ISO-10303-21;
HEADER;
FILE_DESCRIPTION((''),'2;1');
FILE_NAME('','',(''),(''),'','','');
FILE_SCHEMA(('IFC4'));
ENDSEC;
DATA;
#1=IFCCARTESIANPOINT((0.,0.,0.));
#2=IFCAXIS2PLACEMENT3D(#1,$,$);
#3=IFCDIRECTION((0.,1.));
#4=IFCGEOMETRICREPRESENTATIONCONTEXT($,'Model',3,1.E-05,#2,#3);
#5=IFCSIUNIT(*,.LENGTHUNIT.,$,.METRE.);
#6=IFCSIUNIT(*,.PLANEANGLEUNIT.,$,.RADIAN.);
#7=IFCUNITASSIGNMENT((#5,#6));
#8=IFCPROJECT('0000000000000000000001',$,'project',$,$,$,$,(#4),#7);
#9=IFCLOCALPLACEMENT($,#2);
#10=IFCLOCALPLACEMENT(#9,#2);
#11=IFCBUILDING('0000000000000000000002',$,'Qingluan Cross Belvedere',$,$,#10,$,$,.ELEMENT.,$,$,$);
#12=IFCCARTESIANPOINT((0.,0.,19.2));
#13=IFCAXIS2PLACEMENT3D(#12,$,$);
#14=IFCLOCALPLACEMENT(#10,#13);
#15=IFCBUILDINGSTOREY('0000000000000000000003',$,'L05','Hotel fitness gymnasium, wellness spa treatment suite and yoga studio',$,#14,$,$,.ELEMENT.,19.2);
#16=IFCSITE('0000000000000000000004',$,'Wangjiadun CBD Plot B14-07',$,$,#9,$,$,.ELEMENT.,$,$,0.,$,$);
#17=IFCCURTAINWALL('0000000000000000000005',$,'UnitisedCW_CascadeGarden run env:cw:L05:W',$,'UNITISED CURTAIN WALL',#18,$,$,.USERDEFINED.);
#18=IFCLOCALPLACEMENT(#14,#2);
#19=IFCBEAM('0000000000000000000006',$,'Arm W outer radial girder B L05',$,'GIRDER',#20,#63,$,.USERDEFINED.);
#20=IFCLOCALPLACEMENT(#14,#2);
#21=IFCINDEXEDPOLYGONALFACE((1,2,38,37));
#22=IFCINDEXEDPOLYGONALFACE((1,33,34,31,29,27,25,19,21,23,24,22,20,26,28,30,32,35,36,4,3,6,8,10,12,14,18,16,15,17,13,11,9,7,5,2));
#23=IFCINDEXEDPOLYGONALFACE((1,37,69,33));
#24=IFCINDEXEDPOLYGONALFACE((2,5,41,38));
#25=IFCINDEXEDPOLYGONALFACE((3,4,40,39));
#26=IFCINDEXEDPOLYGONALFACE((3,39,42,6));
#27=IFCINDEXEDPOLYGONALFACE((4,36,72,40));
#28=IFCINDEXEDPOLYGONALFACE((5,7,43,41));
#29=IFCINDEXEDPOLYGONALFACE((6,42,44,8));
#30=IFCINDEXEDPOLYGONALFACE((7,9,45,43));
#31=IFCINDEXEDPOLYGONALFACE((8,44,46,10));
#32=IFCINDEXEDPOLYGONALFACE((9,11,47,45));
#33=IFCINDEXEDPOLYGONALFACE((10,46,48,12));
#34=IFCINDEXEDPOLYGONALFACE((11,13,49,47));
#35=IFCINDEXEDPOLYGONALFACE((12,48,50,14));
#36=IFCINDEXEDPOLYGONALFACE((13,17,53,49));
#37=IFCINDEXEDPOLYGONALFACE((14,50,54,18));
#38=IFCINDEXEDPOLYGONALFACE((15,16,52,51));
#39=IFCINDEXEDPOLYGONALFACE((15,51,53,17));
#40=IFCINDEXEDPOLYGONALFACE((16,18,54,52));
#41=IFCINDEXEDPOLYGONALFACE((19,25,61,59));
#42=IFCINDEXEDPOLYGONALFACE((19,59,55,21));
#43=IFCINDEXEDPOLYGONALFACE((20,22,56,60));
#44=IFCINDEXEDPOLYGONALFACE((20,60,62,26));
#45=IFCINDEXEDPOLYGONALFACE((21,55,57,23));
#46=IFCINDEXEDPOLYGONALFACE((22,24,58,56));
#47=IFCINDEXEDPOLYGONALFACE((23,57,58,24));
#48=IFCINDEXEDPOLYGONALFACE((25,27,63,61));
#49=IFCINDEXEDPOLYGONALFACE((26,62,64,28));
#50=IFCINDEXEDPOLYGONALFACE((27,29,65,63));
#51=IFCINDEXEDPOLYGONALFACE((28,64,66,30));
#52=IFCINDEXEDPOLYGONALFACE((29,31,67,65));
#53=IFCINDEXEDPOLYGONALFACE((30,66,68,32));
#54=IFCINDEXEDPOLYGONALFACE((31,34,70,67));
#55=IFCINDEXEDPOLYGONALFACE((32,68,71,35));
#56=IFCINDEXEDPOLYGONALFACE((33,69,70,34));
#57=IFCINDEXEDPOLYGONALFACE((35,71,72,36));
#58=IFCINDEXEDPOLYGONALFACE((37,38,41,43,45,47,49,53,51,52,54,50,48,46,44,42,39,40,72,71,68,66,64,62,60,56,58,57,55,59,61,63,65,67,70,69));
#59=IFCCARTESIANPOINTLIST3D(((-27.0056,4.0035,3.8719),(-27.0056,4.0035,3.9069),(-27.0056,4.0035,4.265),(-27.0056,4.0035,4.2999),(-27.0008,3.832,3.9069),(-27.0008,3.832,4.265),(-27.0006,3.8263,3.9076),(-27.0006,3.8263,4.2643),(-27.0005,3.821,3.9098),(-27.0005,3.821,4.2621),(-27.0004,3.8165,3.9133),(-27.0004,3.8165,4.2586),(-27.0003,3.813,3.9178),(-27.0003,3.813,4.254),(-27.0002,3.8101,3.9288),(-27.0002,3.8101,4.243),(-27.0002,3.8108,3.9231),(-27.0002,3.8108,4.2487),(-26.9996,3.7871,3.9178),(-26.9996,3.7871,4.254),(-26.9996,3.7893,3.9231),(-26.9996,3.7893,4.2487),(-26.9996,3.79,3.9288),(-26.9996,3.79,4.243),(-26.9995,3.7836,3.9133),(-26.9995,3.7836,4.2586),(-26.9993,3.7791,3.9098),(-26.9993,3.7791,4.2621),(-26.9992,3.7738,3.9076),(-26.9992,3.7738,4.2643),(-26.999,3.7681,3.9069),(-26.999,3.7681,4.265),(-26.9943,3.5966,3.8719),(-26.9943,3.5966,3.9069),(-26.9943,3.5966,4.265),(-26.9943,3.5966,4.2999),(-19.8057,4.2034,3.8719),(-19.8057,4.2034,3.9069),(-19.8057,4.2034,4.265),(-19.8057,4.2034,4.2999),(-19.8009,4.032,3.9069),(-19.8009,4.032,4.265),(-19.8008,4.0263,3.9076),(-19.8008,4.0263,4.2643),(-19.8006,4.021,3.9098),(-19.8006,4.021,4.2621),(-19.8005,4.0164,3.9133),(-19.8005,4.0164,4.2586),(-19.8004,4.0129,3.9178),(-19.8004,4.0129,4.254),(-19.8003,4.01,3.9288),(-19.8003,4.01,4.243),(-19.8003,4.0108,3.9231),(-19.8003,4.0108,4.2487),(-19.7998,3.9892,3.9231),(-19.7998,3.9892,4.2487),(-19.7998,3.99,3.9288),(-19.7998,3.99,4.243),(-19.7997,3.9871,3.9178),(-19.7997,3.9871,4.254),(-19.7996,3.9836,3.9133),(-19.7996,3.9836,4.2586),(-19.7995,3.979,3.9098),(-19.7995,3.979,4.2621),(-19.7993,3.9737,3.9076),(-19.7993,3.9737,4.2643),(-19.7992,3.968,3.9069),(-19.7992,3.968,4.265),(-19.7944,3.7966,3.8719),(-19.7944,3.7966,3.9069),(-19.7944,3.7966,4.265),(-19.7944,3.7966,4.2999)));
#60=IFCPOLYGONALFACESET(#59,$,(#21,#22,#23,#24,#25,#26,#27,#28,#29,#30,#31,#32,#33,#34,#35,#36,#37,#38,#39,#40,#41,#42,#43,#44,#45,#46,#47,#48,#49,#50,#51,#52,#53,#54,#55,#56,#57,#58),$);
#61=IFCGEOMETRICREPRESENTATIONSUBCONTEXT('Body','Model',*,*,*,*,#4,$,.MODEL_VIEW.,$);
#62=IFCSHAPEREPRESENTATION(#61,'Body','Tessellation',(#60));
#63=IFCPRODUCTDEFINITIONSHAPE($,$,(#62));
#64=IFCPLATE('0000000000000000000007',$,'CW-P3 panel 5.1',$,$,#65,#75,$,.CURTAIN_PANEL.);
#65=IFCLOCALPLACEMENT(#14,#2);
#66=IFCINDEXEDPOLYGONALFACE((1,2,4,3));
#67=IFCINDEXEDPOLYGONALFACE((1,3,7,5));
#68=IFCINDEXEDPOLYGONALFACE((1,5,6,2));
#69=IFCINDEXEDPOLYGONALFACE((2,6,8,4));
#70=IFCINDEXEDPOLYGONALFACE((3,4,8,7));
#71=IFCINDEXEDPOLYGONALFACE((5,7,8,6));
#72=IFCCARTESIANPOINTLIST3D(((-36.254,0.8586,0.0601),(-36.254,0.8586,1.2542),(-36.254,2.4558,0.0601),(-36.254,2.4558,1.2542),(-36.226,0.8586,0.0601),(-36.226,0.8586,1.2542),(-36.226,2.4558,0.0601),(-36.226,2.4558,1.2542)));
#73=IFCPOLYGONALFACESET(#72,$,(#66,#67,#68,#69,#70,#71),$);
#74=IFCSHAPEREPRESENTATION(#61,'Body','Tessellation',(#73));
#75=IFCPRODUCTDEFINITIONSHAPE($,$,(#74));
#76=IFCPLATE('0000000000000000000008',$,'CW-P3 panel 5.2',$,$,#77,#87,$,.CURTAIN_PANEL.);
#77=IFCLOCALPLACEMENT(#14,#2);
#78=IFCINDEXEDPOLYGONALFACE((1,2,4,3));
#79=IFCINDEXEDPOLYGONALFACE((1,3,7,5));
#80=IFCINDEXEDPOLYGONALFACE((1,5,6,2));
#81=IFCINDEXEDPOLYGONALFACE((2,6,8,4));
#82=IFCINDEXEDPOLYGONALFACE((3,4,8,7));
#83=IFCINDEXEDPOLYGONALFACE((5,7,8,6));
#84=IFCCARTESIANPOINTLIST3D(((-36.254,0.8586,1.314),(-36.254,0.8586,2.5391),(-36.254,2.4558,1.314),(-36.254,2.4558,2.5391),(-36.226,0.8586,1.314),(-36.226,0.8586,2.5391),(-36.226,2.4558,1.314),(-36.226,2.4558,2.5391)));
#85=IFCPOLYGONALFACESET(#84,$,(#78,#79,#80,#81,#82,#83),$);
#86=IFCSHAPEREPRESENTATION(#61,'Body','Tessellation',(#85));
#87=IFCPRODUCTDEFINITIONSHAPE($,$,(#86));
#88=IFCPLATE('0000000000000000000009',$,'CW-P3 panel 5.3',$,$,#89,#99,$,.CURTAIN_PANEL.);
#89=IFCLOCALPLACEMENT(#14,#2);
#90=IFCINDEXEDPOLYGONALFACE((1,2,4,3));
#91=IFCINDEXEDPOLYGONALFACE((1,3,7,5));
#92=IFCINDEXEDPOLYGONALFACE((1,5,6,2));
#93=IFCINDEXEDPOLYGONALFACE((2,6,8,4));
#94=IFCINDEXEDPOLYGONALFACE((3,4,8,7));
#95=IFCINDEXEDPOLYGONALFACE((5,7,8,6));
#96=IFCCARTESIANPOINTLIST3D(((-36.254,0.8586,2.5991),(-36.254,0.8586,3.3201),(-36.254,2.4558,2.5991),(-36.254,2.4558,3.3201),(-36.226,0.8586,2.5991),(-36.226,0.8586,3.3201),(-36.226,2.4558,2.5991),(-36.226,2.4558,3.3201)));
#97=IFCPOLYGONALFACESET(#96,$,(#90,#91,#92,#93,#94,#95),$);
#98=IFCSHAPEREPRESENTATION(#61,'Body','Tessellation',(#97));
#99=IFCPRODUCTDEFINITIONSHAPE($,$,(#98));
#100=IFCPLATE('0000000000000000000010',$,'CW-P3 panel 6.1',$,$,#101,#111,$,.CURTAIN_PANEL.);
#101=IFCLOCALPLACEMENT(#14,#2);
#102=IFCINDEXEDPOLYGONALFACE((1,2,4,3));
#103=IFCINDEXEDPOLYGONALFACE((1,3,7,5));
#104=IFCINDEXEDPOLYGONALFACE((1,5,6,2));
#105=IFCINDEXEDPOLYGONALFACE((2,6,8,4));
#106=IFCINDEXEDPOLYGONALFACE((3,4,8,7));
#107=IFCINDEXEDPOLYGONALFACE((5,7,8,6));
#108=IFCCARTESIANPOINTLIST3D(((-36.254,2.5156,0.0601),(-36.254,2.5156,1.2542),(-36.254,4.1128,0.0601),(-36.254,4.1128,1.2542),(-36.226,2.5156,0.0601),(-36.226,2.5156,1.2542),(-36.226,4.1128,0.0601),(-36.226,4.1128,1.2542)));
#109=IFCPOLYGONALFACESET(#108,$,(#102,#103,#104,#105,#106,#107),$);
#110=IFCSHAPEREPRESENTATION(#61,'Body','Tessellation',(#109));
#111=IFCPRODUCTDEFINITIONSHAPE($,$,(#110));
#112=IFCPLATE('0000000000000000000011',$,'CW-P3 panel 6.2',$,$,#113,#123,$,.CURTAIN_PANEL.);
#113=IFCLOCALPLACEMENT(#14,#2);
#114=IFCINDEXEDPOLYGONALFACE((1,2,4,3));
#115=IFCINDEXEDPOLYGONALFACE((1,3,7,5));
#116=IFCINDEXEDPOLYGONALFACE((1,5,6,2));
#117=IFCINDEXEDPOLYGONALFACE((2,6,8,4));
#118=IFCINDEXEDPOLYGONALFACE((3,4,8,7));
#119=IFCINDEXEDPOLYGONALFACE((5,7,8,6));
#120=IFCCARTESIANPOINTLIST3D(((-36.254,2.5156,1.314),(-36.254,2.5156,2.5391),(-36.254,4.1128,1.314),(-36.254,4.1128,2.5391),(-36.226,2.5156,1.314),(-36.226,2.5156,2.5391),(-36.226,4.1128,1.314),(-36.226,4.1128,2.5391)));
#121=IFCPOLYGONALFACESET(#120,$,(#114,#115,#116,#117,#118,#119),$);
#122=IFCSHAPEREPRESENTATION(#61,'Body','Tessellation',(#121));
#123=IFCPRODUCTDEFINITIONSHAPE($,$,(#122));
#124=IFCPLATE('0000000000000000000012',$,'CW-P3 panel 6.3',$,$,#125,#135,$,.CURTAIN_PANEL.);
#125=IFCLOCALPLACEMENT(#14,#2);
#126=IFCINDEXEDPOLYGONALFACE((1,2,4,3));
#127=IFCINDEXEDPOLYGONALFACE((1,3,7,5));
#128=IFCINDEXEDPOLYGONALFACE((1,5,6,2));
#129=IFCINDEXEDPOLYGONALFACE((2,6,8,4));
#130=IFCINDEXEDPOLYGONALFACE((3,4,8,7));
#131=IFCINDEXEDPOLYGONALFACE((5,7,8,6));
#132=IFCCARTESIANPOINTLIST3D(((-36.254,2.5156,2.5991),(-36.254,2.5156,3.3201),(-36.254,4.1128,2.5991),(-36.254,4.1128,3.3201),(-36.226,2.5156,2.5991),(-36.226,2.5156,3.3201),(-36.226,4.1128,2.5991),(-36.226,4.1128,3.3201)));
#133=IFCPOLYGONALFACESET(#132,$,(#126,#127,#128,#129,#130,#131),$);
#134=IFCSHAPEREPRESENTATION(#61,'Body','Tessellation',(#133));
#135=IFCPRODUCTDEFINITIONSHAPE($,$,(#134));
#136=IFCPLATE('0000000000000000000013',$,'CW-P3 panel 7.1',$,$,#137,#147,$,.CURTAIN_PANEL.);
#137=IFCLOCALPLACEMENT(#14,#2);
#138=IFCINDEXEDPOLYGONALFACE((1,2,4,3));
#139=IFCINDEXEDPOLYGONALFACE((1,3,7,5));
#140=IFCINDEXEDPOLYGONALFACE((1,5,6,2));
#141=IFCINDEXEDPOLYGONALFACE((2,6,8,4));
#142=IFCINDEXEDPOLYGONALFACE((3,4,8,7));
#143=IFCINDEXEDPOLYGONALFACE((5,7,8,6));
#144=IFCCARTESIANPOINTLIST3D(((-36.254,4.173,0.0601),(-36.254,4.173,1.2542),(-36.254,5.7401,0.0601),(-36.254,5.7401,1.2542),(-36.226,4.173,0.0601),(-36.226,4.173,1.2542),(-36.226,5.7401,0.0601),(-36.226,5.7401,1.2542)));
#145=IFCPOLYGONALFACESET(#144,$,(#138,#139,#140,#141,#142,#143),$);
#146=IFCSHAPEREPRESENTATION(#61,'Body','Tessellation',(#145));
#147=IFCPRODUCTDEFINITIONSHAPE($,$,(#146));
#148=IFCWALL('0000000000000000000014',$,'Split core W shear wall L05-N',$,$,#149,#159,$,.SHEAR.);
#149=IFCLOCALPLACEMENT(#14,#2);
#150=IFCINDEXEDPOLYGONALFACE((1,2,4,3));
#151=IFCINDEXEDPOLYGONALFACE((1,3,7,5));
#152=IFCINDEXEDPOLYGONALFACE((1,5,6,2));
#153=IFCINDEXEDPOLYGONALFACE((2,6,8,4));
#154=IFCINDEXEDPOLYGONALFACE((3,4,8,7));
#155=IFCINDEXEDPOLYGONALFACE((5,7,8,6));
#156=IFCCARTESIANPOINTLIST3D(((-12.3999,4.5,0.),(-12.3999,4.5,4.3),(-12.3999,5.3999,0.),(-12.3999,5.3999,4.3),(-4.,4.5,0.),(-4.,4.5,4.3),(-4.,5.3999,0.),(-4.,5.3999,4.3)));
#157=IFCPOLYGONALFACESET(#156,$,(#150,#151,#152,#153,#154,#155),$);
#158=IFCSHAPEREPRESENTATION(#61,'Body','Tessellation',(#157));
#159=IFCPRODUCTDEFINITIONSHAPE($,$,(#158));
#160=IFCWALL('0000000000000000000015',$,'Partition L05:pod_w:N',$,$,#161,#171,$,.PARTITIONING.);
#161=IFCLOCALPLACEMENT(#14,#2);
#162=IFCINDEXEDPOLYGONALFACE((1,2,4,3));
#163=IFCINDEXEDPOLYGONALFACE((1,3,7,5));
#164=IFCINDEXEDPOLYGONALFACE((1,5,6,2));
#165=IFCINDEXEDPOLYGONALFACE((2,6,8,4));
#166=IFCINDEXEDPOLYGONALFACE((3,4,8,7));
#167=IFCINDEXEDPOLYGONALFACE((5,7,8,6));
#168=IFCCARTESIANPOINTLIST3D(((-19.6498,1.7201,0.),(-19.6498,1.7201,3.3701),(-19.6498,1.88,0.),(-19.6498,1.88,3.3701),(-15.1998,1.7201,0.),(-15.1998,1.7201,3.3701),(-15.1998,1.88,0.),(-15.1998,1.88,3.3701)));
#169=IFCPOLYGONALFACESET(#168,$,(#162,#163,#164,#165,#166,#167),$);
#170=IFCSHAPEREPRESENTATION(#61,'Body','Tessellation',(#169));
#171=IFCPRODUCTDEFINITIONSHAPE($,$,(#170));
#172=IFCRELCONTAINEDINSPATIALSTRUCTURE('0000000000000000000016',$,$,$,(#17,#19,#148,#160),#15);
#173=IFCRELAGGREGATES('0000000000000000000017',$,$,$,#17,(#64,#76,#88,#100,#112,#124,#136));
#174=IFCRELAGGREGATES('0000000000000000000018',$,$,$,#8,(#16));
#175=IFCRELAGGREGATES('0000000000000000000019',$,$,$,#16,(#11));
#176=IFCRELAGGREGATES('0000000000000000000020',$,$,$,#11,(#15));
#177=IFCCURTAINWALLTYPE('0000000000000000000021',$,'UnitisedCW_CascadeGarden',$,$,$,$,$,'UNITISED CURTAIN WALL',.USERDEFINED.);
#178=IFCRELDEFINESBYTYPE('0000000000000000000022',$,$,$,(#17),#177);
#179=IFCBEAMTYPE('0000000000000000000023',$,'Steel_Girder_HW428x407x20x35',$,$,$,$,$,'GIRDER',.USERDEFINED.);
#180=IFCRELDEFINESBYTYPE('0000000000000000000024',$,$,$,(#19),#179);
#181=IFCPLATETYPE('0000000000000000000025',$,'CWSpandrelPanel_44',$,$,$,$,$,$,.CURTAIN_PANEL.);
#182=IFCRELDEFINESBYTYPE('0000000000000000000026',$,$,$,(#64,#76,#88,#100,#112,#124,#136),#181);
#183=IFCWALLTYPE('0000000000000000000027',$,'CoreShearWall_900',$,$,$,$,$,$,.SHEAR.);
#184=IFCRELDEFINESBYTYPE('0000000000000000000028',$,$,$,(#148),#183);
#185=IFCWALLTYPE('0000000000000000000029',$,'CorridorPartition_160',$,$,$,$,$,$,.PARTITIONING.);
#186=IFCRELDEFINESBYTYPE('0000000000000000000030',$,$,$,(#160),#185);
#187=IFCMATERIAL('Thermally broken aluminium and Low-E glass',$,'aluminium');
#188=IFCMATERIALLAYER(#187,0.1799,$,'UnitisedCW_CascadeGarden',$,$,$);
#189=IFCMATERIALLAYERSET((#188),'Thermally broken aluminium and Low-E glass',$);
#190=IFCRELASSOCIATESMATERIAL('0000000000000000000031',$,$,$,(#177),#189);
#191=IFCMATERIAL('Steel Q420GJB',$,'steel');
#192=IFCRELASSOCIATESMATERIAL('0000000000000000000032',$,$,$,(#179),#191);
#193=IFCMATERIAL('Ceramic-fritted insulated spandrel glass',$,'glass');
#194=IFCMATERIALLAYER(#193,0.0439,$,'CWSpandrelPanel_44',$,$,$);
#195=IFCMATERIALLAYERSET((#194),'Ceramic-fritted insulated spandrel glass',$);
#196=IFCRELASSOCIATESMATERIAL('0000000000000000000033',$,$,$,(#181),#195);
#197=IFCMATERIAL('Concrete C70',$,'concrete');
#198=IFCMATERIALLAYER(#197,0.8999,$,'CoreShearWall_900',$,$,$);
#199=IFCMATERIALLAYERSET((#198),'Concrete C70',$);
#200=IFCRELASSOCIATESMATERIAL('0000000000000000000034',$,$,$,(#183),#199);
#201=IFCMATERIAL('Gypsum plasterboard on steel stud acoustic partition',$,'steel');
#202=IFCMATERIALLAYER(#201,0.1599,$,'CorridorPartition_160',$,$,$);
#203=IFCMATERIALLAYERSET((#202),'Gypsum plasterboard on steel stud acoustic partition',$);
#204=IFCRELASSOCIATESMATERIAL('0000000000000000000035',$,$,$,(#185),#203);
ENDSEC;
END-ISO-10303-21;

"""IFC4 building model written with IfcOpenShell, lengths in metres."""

from ifc_helpers import new_model, si_unit, direction, frame, frame_2d, origin, origin_2d, place, context, subcontext, project, spatial, rectangle, i_section, extrude, material, layer, layer_set, material_profile, profile_set, type_object, element, aggregate, save


model = new_model("IFC4")

# Units and contexts
model_context = context("Model", 3, precision=1e-05, world=origin(), true_north=direction((0.0, 1.0)))
body_context = subcontext(model_context, "Body", "Model", "MODEL_VIEW")
ifc_project = project(units=[si_unit("LENGTHUNIT", "METRE"), si_unit("PLANEANGLEUNIT", "RADIAN")], contexts=[model_context])

# Site, building, storey
site_placement = place(None, origin())
site = spatial("IfcSite", under=ifc_project, at=site_placement, Name="Wangjiadun CBD Plot B14-07", CompositionType="ELEMENT", RefElevation=0.0)
building_placement = place(site_placement, origin())
building = spatial("IfcBuilding", under=site, at=building_placement, Name="Qingluan Cross Belvedere", CompositionType="ELEMENT")
storey_placement = place(building_placement, frame((0.0, 0.0, 19.2)))
storey = spatial("IfcBuildingStorey", under=building, at=storey_placement, Name="L05", Description="Hotel fitness gymnasium, wellness spa treatment suite and yoga studio", CompositionType="ELEMENT", Elevation=19.2)

# Curtain wall
ifc_material_1 = material(Name="Thermally broken aluminium and Low-E glass", Category="aluminium")
ifc_layer_1 = layer(ifc_material_1, 0.1799, Name="UnitisedCW_CascadeGarden")
ifc_layer_set_1 = layer_set([ifc_layer_1], Name="Thermally broken aluminium and Low-E glass")
curtain_wall_type = type_object("IfcCurtainWallType", Name="UnitisedCW_CascadeGarden", ElementType="UNITISED CURTAIN WALL", PredefinedType="USERDEFINED", material=ifc_layer_set_1)
curtain_wall_placement = place(storey_placement, origin())
curtain_wall = element("IfcCurtainWall", 1, at=curtain_wall_placement, inside=storey, type_object=curtain_wall_type, Name="UnitisedCW_CascadeGarden run env:cw:L05:W", ObjectType="UNITISED CURTAIN WALL", PredefinedType="USERDEFINED")

# Beam
ifc_material_2 = material(Name="Steel Q420GJB", Category="steel")
ifc_material_profile_1 = material_profile(ifc_material_2, i_section(OverallWidth=0.407, OverallDepth=0.428, WebThickness=0.02, FlangeThickness=0.0349, FilletRadius=0.022, at=origin_2d()), Name="HW428x407x20x35")
ifc_profile_set_1 = profile_set([ifc_material_profile_1], Name="Steel Q420GJB")
beam_type = type_object("IfcBeamType", Name="Steel_Girder_HW428x407x20x35", ElementType="GIRDER", PredefinedType="USERDEFINED", material=ifc_profile_set_1)
beam_1_placement = place(storey_placement, frame((-19.8, 4.0, 4.0859), z_axis=(-0.999615, -0.02776, 0.0), x_axis=(0.02776, -0.999615, 0.0)))
element("IfcBeam", 2, at=beam_1_placement, inside=storey, type_object=beam_type, Name="Arm W outer radial girder B L05", ObjectType="GIRDER", PredefinedType="USERDEFINED", context=body_context, shape_type="SweptSolid", body=[
    extrude(i_section(OverallWidth=0.407, OverallDepth=0.428, WebThickness=0.02, FlangeThickness=0.0349, FilletRadius=0.022, at=origin_2d()), origin(), (0.0, 0.0, 1.0), 7.2026),
])

# Plates
ifc_material_3 = material(Name="Ceramic-fritted insulated spandrel glass", Category="glass")
ifc_layer_2 = layer(ifc_material_3, 0.0439, Name="CWSpandrelPanel_44")
ifc_layer_set_2 = layer_set([ifc_layer_2], Name="Ceramic-fritted insulated spandrel glass")
plate_type = type_object("IfcPlateType", Name="CWSpandrelPanel_44", PredefinedType="CURTAIN_PANEL", material=ifc_layer_set_2)
plate_1_placement = place(storey_placement, frame((-36.24, 1.6572, 0.0601), z_axis=(0.0, 0.0, 1.0), x_axis=(0.0, 1.0, 0.0)))
plate_1 = element("IfcPlate", 3, at=plate_1_placement, type_object=plate_type, Name="CW-P3 panel 5.1", PredefinedType="CURTAIN_PANEL", context=body_context, shape_type="SweptSolid", body=[
    extrude(rectangle(XDim=1.5972, YDim=0.0281, at=origin_2d()), origin(), (0.0, 0.0, 1.0), 1.1941),
])
plate_2_placement = place(storey_placement, frame((-36.24, 1.6572, 1.314), z_axis=(0.0, 0.0, 1.0), x_axis=(0.0, 1.0, 0.0)))
plate_2 = element("IfcPlate", 4, at=plate_2_placement, type_object=plate_type, Name="CW-P3 panel 5.2", PredefinedType="CURTAIN_PANEL", context=body_context, shape_type="SweptSolid", body=[
    extrude(rectangle(XDim=1.5972, YDim=0.0281, at=origin_2d()), origin(), (0.0, 0.0, 1.0), 1.2251),
])
plate_3_placement = place(storey_placement, frame((-36.24, 1.6572, 2.5991), z_axis=(0.0, 0.0, 1.0), x_axis=(0.0, 1.0, 0.0)))
plate_3 = element("IfcPlate", 5, at=plate_3_placement, type_object=plate_type, Name="CW-P3 panel 5.3", PredefinedType="CURTAIN_PANEL", context=body_context, shape_type="SweptSolid", body=[
    extrude(rectangle(XDim=1.5972, YDim=0.0281, at=origin_2d()), origin(), (0.0, 0.0, 1.0), 0.7209),
])
plate_4_placement = place(storey_placement, frame((-36.24, 3.3142, 0.0601), z_axis=(0.0, 0.0, 1.0), x_axis=(0.0, 1.0, 0.0)))
plate_4 = element("IfcPlate", 6, at=plate_4_placement, type_object=plate_type, Name="CW-P3 panel 6.1", PredefinedType="CURTAIN_PANEL", context=body_context, shape_type="SweptSolid", body=[
    extrude(rectangle(XDim=1.5972, YDim=0.0281, at=origin_2d()), origin(), (0.0, 0.0, 1.0), 1.1941),
])
plate_5_placement = place(storey_placement, frame((-36.24, 3.3142, 1.314), z_axis=(0.0, 0.0, 1.0), x_axis=(0.0, 1.0, 0.0)))
plate_5 = element("IfcPlate", 7, at=plate_5_placement, type_object=plate_type, Name="CW-P3 panel 6.2", PredefinedType="CURTAIN_PANEL", context=body_context, shape_type="SweptSolid", body=[
    extrude(rectangle(XDim=1.5972, YDim=0.0281, at=origin_2d()), origin(), (0.0, 0.0, 1.0), 1.2251),
])
plate_6_placement = place(storey_placement, frame((-36.24, 3.3142, 2.5991), z_axis=(0.0, 0.0, 1.0), x_axis=(0.0, 1.0, 0.0)))
plate_6 = element("IfcPlate", 8, at=plate_6_placement, type_object=plate_type, Name="CW-P3 panel 6.3", PredefinedType="CURTAIN_PANEL", context=body_context, shape_type="SweptSolid", body=[
    extrude(rectangle(XDim=1.5972, YDim=0.0281, at=origin_2d()), origin(), (0.0, 0.0, 1.0), 0.7209),
])
plate_7_placement = place(storey_placement, frame((-36.24, 4.9565, 0.0601), z_axis=(0.0, 0.0, 1.0), x_axis=(0.0, 1.0, 0.0)))
plate_7 = element("IfcPlate", 9, at=plate_7_placement, type_object=plate_type, Name="CW-P3 panel 7.1", PredefinedType="CURTAIN_PANEL", context=body_context, shape_type="SweptSolid", body=[
    extrude(rectangle(XDim=1.5671, YDim=0.0281, at=origin_2d()), origin(), (0.0, 0.0, 1.0), 1.1941),
])
aggregate(curtain_wall, [plate_1, plate_2, plate_3, plate_4, plate_5, plate_6, plate_7])

# Walls
ifc_material_4 = material(Name="Concrete C70", Category="concrete")
ifc_layer_3 = layer(ifc_material_4, 0.8999, Name="CoreShearWall_900")
ifc_layer_set_3 = layer_set([ifc_layer_3], Name="Concrete C70")
wall_type_1 = type_object("IfcWallType", Name="CoreShearWall_900", PredefinedType="SHEAR", material=ifc_layer_set_3)
wall_1_placement = place(storey_placement, frame((-12.3999, 4.95, 0.0), z_axis=(0.0, 0.0, 1.0), x_axis=(1.0, 0.0, 0.0)))
element("IfcWall", 10, at=wall_1_placement, inside=storey, type_object=wall_type_1, Name="Split core W shear wall L05-N", PredefinedType="SHEAR", context=body_context, shape_type="SweptSolid", body=[
    extrude(rectangle(XDim=8.3999, YDim=0.8999, at=frame_2d((4.2, 0.0))), origin(), (0.0, 0.0, 1.0), 4.3),
])
ifc_material_5 = material(Name="Gypsum plasterboard on steel stud acoustic partition", Category="steel")
ifc_layer_4 = layer(ifc_material_5, 0.1599, Name="CorridorPartition_160")
ifc_layer_set_4 = layer_set([ifc_layer_4], Name="Gypsum plasterboard on steel stud acoustic partition")
wall_type_2 = type_object("IfcWallType", Name="CorridorPartition_160", PredefinedType="PARTITIONING", material=ifc_layer_set_4)
wall_2_placement = place(storey_placement, frame((-19.6499, 1.8, 0.0), z_axis=(0.0, 0.0, 1.0), x_axis=(1.0, 0.0, 0.0)))
element("IfcWall", 11, at=wall_2_placement, inside=storey, type_object=wall_type_2, Name="Partition L05:pod_w:N", PredefinedType="PARTITIONING", context=body_context, shape_type="SweptSolid", body=[
    extrude(rectangle(XDim=4.45, YDim=0.1599, at=frame_2d((2.2251, 0.0))), origin(), (0.0, 0.0, 1.0), 3.3701),
])

save(model, "model.ifc")
